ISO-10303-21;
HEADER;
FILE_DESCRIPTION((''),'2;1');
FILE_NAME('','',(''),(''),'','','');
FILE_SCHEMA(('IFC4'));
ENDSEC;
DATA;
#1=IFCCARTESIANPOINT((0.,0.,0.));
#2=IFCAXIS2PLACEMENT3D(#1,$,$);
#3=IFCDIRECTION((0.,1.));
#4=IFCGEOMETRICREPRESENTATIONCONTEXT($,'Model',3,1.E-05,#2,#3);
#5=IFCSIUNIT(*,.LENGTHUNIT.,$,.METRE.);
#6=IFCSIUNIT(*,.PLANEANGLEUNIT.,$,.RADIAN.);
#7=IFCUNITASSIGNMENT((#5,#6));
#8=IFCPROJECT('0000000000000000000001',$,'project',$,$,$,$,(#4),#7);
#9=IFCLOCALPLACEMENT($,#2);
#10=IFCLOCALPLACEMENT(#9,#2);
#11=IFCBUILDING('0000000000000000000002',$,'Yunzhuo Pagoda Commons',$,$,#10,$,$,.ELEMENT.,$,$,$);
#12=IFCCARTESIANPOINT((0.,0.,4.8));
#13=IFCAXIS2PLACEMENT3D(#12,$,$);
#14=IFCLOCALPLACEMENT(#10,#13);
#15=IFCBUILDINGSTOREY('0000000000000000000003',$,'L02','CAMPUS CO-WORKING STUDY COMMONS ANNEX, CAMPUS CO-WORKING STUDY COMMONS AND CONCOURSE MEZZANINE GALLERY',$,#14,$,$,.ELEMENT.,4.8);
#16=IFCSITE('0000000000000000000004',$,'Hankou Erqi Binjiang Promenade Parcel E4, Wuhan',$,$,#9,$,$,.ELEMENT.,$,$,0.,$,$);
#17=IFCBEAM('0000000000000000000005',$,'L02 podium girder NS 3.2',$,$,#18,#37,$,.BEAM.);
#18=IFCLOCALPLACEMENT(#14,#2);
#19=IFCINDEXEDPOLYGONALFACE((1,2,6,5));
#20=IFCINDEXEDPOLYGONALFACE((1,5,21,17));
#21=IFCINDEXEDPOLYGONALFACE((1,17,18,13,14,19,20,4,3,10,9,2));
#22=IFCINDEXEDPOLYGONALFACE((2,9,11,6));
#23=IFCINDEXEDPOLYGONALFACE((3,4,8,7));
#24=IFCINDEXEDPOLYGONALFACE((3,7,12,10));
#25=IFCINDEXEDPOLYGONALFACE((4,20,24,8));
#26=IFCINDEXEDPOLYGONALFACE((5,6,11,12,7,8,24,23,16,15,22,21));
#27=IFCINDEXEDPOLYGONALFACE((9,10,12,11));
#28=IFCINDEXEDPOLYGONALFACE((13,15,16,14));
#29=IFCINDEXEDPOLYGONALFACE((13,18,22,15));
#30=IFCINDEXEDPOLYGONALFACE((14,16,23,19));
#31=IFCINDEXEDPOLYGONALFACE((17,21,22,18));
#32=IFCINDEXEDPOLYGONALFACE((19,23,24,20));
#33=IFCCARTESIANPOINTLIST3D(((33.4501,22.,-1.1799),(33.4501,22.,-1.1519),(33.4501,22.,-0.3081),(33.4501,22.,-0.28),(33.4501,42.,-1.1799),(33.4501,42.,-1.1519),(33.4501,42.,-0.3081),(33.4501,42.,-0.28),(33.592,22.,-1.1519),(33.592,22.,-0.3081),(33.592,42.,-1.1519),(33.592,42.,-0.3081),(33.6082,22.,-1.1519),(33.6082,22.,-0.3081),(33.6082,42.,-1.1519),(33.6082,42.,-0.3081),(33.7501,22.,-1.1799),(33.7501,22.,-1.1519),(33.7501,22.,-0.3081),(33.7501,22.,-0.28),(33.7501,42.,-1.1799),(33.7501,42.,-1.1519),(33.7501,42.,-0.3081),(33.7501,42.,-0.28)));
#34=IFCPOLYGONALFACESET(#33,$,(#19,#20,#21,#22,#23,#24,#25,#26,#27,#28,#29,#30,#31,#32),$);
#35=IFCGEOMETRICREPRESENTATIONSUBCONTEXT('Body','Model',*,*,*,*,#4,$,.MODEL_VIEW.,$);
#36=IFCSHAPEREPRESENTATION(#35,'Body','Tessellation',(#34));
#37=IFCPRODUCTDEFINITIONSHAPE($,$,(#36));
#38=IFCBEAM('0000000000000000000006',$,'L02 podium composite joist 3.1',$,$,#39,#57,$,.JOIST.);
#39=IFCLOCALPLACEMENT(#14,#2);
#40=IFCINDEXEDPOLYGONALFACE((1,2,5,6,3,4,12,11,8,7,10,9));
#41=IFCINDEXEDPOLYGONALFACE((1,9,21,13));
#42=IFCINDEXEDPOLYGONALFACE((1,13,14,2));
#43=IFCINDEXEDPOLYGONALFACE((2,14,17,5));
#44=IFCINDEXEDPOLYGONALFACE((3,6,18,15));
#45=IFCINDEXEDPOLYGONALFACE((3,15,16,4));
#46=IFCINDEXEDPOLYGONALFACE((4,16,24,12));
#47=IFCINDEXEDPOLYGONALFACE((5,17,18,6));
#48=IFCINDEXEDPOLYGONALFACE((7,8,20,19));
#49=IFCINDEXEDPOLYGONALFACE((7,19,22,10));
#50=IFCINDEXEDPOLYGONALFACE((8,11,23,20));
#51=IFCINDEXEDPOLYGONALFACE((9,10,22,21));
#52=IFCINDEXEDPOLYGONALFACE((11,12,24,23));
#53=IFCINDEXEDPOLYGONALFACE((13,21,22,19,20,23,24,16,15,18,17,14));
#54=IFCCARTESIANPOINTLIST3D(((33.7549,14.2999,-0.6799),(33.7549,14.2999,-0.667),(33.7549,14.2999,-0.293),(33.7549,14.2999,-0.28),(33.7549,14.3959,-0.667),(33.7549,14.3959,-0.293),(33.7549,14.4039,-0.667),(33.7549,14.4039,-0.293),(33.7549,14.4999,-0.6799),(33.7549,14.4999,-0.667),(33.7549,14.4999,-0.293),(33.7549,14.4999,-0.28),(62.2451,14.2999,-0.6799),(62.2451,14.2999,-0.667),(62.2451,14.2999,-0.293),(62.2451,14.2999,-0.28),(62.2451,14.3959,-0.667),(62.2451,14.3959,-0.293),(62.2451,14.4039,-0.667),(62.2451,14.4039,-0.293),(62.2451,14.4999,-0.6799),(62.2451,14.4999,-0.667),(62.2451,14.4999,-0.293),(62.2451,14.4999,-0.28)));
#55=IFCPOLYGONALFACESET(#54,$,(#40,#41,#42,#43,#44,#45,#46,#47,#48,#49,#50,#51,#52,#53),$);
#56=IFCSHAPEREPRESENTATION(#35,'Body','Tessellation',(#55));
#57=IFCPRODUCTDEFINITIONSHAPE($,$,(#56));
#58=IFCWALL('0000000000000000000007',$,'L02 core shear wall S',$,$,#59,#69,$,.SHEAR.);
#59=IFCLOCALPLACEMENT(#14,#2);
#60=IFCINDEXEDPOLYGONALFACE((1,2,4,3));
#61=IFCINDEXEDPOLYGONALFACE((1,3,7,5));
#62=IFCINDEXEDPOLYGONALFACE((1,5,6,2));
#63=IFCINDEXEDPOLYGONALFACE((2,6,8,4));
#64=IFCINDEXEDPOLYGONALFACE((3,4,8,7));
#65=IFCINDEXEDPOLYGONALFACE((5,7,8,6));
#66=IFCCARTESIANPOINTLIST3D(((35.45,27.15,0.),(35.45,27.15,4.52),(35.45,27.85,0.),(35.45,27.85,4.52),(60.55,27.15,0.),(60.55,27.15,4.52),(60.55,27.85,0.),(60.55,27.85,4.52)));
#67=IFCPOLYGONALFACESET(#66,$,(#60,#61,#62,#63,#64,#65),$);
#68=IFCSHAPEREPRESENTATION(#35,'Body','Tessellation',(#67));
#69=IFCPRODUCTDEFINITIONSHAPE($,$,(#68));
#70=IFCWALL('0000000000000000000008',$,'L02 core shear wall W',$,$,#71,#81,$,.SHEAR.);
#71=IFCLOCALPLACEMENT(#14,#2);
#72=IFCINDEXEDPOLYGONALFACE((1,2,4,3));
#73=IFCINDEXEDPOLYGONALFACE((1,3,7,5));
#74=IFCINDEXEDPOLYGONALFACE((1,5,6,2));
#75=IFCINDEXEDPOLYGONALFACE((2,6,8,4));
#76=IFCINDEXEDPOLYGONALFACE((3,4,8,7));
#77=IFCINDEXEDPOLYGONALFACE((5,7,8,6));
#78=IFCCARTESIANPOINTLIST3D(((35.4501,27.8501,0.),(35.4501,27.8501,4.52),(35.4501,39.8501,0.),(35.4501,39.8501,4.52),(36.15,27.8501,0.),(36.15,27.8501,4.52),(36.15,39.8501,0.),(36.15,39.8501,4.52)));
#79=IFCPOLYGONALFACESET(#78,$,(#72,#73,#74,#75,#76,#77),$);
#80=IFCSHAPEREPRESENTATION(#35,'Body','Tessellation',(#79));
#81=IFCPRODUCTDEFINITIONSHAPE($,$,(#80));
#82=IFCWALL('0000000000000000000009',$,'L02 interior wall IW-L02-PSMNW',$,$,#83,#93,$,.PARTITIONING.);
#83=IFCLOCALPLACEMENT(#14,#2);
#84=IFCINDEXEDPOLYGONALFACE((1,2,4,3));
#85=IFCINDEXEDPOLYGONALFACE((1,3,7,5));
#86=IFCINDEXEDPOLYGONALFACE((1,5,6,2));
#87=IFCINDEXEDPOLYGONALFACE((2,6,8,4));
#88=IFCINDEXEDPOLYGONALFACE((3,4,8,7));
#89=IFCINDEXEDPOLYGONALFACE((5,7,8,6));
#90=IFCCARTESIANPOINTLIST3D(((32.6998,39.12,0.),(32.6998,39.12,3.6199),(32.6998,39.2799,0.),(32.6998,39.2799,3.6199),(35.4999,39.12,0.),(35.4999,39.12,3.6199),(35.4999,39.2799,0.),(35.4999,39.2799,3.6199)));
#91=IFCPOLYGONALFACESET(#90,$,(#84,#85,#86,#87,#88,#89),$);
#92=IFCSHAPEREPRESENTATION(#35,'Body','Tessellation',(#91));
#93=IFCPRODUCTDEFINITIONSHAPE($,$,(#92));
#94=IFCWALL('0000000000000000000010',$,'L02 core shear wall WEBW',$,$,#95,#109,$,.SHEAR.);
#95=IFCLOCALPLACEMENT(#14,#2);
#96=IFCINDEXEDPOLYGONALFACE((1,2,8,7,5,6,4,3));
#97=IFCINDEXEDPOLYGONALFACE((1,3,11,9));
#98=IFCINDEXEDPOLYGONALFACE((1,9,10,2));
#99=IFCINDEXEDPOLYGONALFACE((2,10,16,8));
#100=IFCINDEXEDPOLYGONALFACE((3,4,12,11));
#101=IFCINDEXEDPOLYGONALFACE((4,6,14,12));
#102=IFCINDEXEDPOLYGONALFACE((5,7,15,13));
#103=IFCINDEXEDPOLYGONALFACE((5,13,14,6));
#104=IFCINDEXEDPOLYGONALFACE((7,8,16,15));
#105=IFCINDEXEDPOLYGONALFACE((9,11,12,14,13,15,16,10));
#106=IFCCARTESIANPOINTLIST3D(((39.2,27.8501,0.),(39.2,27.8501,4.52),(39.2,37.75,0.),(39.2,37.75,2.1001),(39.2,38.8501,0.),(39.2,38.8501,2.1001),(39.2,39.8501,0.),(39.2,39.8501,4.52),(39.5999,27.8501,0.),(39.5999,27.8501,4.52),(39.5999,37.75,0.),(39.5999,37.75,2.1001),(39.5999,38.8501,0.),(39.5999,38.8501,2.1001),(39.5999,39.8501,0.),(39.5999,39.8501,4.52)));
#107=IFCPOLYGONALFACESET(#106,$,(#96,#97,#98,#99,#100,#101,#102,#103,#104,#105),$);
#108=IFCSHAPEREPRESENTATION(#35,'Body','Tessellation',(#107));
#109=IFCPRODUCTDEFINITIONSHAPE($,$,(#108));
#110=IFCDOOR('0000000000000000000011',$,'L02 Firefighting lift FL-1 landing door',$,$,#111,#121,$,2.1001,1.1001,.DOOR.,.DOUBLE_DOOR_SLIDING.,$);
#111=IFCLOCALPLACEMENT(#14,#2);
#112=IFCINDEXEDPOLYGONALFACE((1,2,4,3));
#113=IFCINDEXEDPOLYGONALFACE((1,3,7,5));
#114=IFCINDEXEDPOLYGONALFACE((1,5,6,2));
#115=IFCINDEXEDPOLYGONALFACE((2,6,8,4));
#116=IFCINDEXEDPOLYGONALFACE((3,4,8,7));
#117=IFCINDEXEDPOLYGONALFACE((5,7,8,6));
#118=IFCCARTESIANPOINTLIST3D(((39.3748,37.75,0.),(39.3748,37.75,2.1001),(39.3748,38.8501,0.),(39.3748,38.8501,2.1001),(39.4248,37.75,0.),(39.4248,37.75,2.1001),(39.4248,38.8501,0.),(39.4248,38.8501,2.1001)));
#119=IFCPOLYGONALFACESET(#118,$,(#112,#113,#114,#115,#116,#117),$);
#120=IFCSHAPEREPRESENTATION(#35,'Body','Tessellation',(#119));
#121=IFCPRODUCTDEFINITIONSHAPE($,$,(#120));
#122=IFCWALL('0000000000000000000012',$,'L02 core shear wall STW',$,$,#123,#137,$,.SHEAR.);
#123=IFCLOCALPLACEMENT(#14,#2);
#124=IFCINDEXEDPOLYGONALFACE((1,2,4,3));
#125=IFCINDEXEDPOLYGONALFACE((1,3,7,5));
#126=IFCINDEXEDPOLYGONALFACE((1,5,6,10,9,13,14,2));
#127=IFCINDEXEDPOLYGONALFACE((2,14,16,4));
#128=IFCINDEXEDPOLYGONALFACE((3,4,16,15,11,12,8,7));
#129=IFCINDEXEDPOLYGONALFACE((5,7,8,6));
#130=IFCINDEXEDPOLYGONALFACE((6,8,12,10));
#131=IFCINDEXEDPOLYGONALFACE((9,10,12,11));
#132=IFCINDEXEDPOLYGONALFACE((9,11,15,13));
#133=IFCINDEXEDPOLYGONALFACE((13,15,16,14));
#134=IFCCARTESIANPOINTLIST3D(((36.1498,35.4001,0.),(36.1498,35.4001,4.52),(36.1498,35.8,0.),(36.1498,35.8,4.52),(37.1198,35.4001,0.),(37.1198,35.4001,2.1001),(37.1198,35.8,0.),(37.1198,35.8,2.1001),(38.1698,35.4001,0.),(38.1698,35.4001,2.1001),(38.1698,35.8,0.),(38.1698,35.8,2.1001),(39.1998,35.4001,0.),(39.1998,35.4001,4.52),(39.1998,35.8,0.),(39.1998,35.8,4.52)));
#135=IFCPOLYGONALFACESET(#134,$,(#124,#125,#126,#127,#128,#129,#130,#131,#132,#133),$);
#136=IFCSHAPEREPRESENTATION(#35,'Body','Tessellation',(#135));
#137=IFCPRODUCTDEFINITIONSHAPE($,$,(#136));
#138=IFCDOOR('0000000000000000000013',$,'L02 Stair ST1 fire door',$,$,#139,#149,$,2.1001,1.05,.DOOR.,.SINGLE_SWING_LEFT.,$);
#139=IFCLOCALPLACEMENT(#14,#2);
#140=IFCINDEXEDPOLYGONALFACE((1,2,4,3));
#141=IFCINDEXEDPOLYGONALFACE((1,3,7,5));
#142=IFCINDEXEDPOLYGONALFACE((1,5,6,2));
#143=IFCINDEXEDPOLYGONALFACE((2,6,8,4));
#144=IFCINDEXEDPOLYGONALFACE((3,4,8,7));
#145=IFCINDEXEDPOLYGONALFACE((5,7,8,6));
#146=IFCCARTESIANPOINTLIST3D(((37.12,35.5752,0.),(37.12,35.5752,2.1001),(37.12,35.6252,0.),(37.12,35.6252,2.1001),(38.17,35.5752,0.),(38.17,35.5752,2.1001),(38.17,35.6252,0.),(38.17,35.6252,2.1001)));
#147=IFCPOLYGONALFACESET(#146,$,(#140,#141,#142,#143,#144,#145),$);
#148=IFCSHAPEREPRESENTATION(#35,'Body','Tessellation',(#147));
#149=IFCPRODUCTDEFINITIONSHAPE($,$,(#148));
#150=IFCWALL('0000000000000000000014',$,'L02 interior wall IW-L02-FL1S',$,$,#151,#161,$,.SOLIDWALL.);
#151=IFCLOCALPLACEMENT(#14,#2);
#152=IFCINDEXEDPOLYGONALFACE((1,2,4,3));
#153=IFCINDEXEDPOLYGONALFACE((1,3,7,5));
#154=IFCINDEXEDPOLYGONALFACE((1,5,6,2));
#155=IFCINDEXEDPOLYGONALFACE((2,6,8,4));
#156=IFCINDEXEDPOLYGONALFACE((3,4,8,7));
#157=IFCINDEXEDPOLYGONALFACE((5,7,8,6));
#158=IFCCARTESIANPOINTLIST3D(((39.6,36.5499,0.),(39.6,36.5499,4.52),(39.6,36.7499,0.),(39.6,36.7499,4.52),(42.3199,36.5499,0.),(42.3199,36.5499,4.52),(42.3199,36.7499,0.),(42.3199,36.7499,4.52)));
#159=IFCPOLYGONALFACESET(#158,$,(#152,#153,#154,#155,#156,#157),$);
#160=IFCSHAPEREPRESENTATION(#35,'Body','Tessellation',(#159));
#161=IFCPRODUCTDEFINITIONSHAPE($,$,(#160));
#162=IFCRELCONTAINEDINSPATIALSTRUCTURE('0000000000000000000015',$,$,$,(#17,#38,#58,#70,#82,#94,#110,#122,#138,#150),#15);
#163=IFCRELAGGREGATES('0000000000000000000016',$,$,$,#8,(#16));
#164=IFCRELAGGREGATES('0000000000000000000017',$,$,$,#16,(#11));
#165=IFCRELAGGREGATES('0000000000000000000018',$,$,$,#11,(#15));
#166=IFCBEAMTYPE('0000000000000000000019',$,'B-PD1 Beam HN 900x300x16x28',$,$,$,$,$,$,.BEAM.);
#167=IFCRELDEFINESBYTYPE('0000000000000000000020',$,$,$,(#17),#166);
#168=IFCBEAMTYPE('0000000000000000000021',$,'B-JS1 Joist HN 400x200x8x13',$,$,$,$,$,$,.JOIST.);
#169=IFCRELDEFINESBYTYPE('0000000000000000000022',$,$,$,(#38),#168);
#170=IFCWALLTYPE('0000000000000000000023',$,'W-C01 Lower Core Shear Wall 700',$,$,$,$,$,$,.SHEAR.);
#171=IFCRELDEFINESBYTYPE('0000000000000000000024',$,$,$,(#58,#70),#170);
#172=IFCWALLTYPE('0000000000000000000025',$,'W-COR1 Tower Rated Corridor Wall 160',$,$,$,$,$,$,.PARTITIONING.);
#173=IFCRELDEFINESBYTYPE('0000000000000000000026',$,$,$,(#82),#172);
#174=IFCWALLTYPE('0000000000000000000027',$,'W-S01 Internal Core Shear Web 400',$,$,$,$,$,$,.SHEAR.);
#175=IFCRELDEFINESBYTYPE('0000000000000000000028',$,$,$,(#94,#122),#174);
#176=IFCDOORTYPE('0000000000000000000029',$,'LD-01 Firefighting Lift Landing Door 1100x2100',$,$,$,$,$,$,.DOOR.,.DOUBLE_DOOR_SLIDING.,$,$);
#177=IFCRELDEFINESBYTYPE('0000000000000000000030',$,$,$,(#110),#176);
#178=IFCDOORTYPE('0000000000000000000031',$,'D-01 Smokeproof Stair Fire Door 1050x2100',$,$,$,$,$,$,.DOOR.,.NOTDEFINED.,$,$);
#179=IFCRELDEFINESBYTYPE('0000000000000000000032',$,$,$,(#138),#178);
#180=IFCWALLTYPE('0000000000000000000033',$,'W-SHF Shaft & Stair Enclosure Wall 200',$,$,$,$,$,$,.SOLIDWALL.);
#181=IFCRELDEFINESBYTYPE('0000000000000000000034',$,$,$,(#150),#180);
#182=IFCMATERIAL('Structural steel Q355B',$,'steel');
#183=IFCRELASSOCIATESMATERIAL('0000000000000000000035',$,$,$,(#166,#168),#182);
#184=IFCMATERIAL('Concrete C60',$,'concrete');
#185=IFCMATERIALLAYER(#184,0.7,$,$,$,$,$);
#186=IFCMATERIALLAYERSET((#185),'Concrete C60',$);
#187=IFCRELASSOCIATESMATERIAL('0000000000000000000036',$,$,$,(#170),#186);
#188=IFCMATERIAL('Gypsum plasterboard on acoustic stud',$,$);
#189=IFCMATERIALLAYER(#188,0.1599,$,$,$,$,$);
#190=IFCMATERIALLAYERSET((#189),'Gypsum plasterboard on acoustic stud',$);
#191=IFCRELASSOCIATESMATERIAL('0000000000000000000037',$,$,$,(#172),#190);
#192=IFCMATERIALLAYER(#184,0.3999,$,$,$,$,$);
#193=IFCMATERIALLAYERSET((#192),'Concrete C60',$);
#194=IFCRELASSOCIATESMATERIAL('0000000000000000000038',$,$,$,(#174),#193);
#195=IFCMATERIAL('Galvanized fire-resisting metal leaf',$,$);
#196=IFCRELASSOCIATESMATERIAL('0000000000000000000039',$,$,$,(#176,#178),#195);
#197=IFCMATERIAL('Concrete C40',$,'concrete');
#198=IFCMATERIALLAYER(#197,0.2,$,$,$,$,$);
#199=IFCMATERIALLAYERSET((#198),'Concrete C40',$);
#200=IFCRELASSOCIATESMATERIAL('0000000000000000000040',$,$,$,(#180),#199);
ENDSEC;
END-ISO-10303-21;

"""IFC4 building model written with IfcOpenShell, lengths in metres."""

from ifc_helpers import new_model, si_unit, direction, frame, frame_2d, origin, origin_2d, place, context, subcontext, project, spatial, rectangle, i_section, extrude, source, transform, mapped, material, layer, layer_set, material_profile, profile_set, type_object, element, fill, save


model = new_model("IFC4")

# Units and contexts
model_context = context("Model", 3, precision=1e-05, world=origin(), true_north=direction((0.0, 1.0)))
body_context = subcontext(model_context, "Body", "Model", "MODEL_VIEW")
ifc_project = project(units=[si_unit("LENGTHUNIT", "METRE"), si_unit("PLANEANGLEUNIT", "RADIAN")], contexts=[model_context])

# Site, building, storey
site_placement = place(None, origin())
site = spatial("IfcSite", under=ifc_project, at=site_placement, Name="Hankou Erqi Binjiang Promenade Parcel E4, Wuhan", CompositionType="ELEMENT", RefElevation=0.0)
building_placement = place(site_placement, origin())
building = spatial("IfcBuilding", under=site, at=building_placement, Name="Yunzhuo Pagoda Commons", CompositionType="ELEMENT")
storey_placement = place(building_placement, frame((0.0, 0.0, 4.8)))
storey = spatial("IfcBuildingStorey", under=building, at=storey_placement, Name="L02", Description="CAMPUS CO-WORKING STUDY COMMONS ANNEX, CAMPUS CO-WORKING STUDY COMMONS AND CONCOURSE MEZZANINE GALLERY", CompositionType="ELEMENT", Elevation=4.8)

# Beams
ifc_material_1 = material(Name="Structural steel Q355B", Category="steel")
ifc_material_profile_1 = material_profile(ifc_material_1, i_section(OverallWidth=0.3, OverallDepth=0.8999, WebThickness=0.0161, FlangeThickness=0.0281, at=origin_2d()), Name="Structural steel Q355B")
ifc_profile_set_1 = profile_set([ifc_material_profile_1], Name="Structural steel Q355B")
beam_type_1 = type_object("IfcBeamType", Name="B-PD1 Beam HN 900x300x16x28", PredefinedType="BEAM", material=ifc_profile_set_1)
ifc_material_profile_2 = material_profile(ifc_material_1, i_section(OverallWidth=0.2, OverallDepth=0.3999, WebThickness=0.0081, FlangeThickness=0.0129, at=origin_2d()), Name="Structural steel Q355B")
ifc_profile_set_2 = profile_set([ifc_material_profile_2], Name="Structural steel Q355B")
beam_type_2 = type_object("IfcBeamType", Name="B-JS1 Joist HN 400x200x8x13", PredefinedType="JOIST", material=ifc_profile_set_2)
shared_shape_1 = source(origin(), body_context, "Body", "SweptSolid", [
    extrude(i_section(OverallWidth=0.3, OverallDepth=0.8999, WebThickness=0.0161, FlangeThickness=0.0281, at=origin_2d()), origin(), (0.0, 0.0, 1.0), 20.0),
])
beam_1_placement = place(storey_placement, frame((33.6001, 22.0, -0.73), z_axis=(0.0, 1.0, 0.0), x_axis=(-1.0, 0.0, 0.0)))
element("IfcBeam", 1, at=beam_1_placement, inside=storey, type_object=beam_type_1, Name="L02 podium girder NS 3.2", PredefinedType="BEAM", context=body_context, shape_type="MappedRepresentation", body=[
    mapped(shared_shape_1, transform((0.0, 0.0, 0.0), scale=1.0)),
])
shared_shape_2 = source(origin(), body_context, "Body", "SweptSolid", [
    extrude(i_section(OverallWidth=0.2, OverallDepth=0.3999, WebThickness=0.0081, FlangeThickness=0.0129, at=origin_2d()), origin(), (0.0, 0.0, 1.0), 28.4902),
])
beam_2_placement = place(storey_placement, frame((33.7549, 14.3999, -0.48), z_axis=(1.0, 0.0, 0.0), x_axis=(0.0, 1.0, 0.0)))
element("IfcBeam", 2, at=beam_2_placement, inside=storey, type_object=beam_type_2, Name="L02 podium composite joist 3.1", PredefinedType="JOIST", context=body_context, shape_type="MappedRepresentation", body=[
    mapped(shared_shape_2, transform((0.0, 0.0, 0.0), scale=1.0)),
])

# Walls
ifc_material_2 = material(Name="Concrete C60", Category="concrete")
ifc_layer_1 = layer(ifc_material_2, 0.7)
ifc_layer_set_1 = layer_set([ifc_layer_1], Name="Concrete C60")
wall_type_1 = type_object("IfcWallType", Name="W-C01 Lower Core Shear Wall 700", PredefinedType="SHEAR", material=ifc_layer_set_1)
wall_1_placement = place(storey_placement, frame((35.45, 27.5, 0.0), z_axis=(0.0, 0.0, 1.0), x_axis=(1.0, 0.0, 0.0)))
element("IfcWall", 3, at=wall_1_placement, inside=storey, type_object=wall_type_1, Name="L02 core shear wall S", PredefinedType="SHEAR", context=body_context, shape_type="SweptSolid", body=[
    extrude(rectangle(XDim=25.1001, YDim=0.7, at=frame_2d((12.55, 0.0))), origin(), (0.0, 0.0, 1.0), 4.52),
])
wall_2_placement = place(storey_placement, frame((35.8, 27.8501, 0.0), z_axis=(0.0, 0.0, 1.0), x_axis=(0.0, 1.0, 0.0)))
element("IfcWall", 4, at=wall_2_placement, inside=storey, type_object=wall_type_1, Name="L02 core shear wall W", PredefinedType="SHEAR", context=body_context, shape_type="SweptSolid", body=[
    extrude(rectangle(XDim=12.0, YDim=0.7, at=frame_2d((6.0, 0.0))), origin(), (0.0, 0.0, 1.0), 4.52),
])
ifc_material_3 = material(Name="Gypsum plasterboard on acoustic stud")
ifc_layer_2 = layer(ifc_material_3, 0.1599)
ifc_layer_set_2 = layer_set([ifc_layer_2], Name="Gypsum plasterboard on acoustic stud")
wall_type_2 = type_object("IfcWallType", Name="W-COR1 Tower Rated Corridor Wall 160", PredefinedType="PARTITIONING", material=ifc_layer_set_2)
wall_3_placement = place(storey_placement, frame((32.7, 39.2, 0.0), z_axis=(0.0, 0.0, 1.0), x_axis=(1.0, 0.0, 0.0)))
element("IfcWall", 5, at=wall_3_placement, inside=storey, type_object=wall_type_2, Name="L02 interior wall IW-L02-PSMNW", PredefinedType="PARTITIONING", context=body_context, shape_type="SweptSolid", body=[
    extrude(rectangle(XDim=2.8, YDim=0.1599, at=frame_2d((1.3999, 0.0))), origin(), (0.0, 0.0, 1.0), 3.6199),
])

# Walls, openings, doors
ifc_layer_3 = layer(ifc_material_2, 0.3999)
ifc_layer_set_3 = layer_set([ifc_layer_3], Name="Concrete C60")
wall_type_3 = type_object("IfcWallType", Name="W-S01 Internal Core Shear Web 400", PredefinedType="SHEAR", material=ifc_layer_set_3)
wall_4_placement = place(storey_placement, frame((39.3999, 27.8501, 0.0), z_axis=(0.0, 0.0, 1.0), x_axis=(0.0, 1.0, 0.0)))
wall_4 = element("IfcWall", 6, at=wall_4_placement, inside=storey, type_object=wall_type_3, Name="L02 core shear wall WEBW", PredefinedType="SHEAR", context=body_context, shape_type="SweptSolid", body=[
    extrude(rectangle(XDim=12.0, YDim=0.3999, at=frame_2d((6.0, 0.0))), origin(), (0.0, 0.0, 1.0), 4.52),
])
opening_1_placement = place(wall_4_placement, frame((9.8999, 0.0, 0.0)))
opening_1 = element("IfcOpeningElement", 7, at=opening_1_placement, cuts=wall_4, PredefinedType="OPENING", context=body_context, shape_type="SweptSolid", body=[
    extrude(rectangle(XDim=1.1001, YDim=2.1001, at=frame_2d((0.55, 1.05))), frame((0.0, 0.21, 0.0), z_axis=(0.0, -1.0, 0.0), x_axis=(1.0, 0.0, 0.0)), (0.0, 0.0, 1.0), 0.4199),
])
ifc_material_4 = material(Name="Galvanized fire-resisting metal leaf")
door_type_1 = type_object("IfcDoorType", Name="LD-01 Firefighting Lift Landing Door 1100x2100", OperationType="DOUBLE_DOOR_SLIDING", PredefinedType="DOOR", material=ifc_material_4)
shared_shape_3 = source(origin(), body_context, "Body", "SweptSolid", [
    extrude(rectangle(XDim=1.1001, YDim=2.1001, at=frame_2d((0.55, 1.05))), frame((0.0, 0.0249, 0.0), z_axis=(0.0, -1.0, 0.0), x_axis=(1.0, 0.0, 0.0)), (0.0, 0.0, 1.0), 0.05),
])
door_1_placement = place(opening_1_placement, frame((1.1001, 0.0, 0.0), z_axis=(0.0, 0.0, 1.0), x_axis=(-1.0, 0.0, 0.0)))
door_1 = element("IfcDoor", 8, at=door_1_placement, inside=storey, type_object=door_type_1, Name="L02 Firefighting lift FL-1 landing door", OperationType="DOUBLE_DOOR_SLIDING", OverallHeight=2.1001, OverallWidth=1.1001, PredefinedType="DOOR", context=body_context, shape_type="MappedRepresentation", body=[
    mapped(shared_shape_3, transform((0.0, 0.0, 0.0), scale=1.0)),
])
fill(opening_1, door_1)
wall_5_placement = place(storey_placement, frame((36.1499, 35.6001, 0.0), z_axis=(0.0, 0.0, 1.0), x_axis=(1.0, 0.0, 0.0)))
wall_5 = element("IfcWall", 9, at=wall_5_placement, inside=storey, type_object=wall_type_3, Name="L02 core shear wall STW", PredefinedType="SHEAR", context=body_context, shape_type="SweptSolid", body=[
    extrude(rectangle(XDim=3.05, YDim=0.3999, at=frame_2d((1.5249, 0.0))), origin(), (0.0, 0.0, 1.0), 4.52),
])
opening_2_placement = place(wall_5_placement, frame((0.97, 0.0, 0.0)))
opening_2 = element("IfcOpeningElement", 10, at=opening_2_placement, cuts=wall_5, PredefinedType="OPENING", context=body_context, shape_type="SweptSolid", body=[
    extrude(rectangle(XDim=1.05, YDim=2.1001, at=frame_2d((0.5249, 1.05))), frame((0.0, 0.21, 0.0), z_axis=(0.0, -1.0, 0.0), x_axis=(1.0, 0.0, 0.0)), (0.0, 0.0, 1.0), 0.4199),
])
door_type_2 = type_object("IfcDoorType", Name="D-01 Smokeproof Stair Fire Door 1050x2100", OperationType="NOTDEFINED", PredefinedType="DOOR", material=ifc_material_4)
shared_shape_4 = source(origin(), body_context, "Body", "SweptSolid", [
    extrude(rectangle(XDim=1.05, YDim=2.1001, at=frame_2d((0.5249, 1.05))), frame((0.0, 0.0249, 0.0), z_axis=(0.0, -1.0, 0.0), x_axis=(1.0, 0.0, 0.0)), (0.0, 0.0, 1.0), 0.05),
])
door_2_placement = place(opening_2_placement, frame((1.05, 0.0, 0.0), z_axis=(0.0, 0.0, 1.0), x_axis=(-1.0, 0.0, 0.0)))
door_2 = element("IfcDoor", 11, at=door_2_placement, inside=storey, type_object=door_type_2, Name="L02 Stair ST1 fire door", OperationType="SINGLE_SWING_LEFT", OverallHeight=2.1001, OverallWidth=1.05, PredefinedType="DOOR", context=body_context, shape_type="MappedRepresentation", body=[
    mapped(shared_shape_4, transform((0.0, 0.0, 0.0), scale=1.0)),
])
fill(opening_2, door_2)

# Wall
ifc_material_5 = material(Name="Concrete C40", Category="concrete")
ifc_layer_4 = layer(ifc_material_5, 0.2)
ifc_layer_set_4 = layer_set([ifc_layer_4], Name="Concrete C40")
wall_type_4 = type_object("IfcWallType", Name="W-SHF Shaft & Stair Enclosure Wall 200", PredefinedType="SOLIDWALL", material=ifc_layer_set_4)
for number, where, z_axis, x_axis, name in (
    (12, (39.6001, 36.6499, 0.0), (0.0, 0.0, 1.0), (1.0, 0.0, 0.0), "L02 interior wall IW-L02-FL1S"),
):
    element("IfcWall", number, at=place(storey_placement, frame(where, z_axis=z_axis, x_axis=x_axis)), inside=storey, type_object=wall_type_4, Name=name, PredefinedType="SOLIDWALL", context=body_context, shape_type="SweptSolid", body=[
        extrude(rectangle(XDim=2.72, YDim=0.2, at=frame_2d((1.3599, 0.0))), origin(), (0.0, 0.0, 1.0), 4.52),
    ])

save(model, "model.ifc")
